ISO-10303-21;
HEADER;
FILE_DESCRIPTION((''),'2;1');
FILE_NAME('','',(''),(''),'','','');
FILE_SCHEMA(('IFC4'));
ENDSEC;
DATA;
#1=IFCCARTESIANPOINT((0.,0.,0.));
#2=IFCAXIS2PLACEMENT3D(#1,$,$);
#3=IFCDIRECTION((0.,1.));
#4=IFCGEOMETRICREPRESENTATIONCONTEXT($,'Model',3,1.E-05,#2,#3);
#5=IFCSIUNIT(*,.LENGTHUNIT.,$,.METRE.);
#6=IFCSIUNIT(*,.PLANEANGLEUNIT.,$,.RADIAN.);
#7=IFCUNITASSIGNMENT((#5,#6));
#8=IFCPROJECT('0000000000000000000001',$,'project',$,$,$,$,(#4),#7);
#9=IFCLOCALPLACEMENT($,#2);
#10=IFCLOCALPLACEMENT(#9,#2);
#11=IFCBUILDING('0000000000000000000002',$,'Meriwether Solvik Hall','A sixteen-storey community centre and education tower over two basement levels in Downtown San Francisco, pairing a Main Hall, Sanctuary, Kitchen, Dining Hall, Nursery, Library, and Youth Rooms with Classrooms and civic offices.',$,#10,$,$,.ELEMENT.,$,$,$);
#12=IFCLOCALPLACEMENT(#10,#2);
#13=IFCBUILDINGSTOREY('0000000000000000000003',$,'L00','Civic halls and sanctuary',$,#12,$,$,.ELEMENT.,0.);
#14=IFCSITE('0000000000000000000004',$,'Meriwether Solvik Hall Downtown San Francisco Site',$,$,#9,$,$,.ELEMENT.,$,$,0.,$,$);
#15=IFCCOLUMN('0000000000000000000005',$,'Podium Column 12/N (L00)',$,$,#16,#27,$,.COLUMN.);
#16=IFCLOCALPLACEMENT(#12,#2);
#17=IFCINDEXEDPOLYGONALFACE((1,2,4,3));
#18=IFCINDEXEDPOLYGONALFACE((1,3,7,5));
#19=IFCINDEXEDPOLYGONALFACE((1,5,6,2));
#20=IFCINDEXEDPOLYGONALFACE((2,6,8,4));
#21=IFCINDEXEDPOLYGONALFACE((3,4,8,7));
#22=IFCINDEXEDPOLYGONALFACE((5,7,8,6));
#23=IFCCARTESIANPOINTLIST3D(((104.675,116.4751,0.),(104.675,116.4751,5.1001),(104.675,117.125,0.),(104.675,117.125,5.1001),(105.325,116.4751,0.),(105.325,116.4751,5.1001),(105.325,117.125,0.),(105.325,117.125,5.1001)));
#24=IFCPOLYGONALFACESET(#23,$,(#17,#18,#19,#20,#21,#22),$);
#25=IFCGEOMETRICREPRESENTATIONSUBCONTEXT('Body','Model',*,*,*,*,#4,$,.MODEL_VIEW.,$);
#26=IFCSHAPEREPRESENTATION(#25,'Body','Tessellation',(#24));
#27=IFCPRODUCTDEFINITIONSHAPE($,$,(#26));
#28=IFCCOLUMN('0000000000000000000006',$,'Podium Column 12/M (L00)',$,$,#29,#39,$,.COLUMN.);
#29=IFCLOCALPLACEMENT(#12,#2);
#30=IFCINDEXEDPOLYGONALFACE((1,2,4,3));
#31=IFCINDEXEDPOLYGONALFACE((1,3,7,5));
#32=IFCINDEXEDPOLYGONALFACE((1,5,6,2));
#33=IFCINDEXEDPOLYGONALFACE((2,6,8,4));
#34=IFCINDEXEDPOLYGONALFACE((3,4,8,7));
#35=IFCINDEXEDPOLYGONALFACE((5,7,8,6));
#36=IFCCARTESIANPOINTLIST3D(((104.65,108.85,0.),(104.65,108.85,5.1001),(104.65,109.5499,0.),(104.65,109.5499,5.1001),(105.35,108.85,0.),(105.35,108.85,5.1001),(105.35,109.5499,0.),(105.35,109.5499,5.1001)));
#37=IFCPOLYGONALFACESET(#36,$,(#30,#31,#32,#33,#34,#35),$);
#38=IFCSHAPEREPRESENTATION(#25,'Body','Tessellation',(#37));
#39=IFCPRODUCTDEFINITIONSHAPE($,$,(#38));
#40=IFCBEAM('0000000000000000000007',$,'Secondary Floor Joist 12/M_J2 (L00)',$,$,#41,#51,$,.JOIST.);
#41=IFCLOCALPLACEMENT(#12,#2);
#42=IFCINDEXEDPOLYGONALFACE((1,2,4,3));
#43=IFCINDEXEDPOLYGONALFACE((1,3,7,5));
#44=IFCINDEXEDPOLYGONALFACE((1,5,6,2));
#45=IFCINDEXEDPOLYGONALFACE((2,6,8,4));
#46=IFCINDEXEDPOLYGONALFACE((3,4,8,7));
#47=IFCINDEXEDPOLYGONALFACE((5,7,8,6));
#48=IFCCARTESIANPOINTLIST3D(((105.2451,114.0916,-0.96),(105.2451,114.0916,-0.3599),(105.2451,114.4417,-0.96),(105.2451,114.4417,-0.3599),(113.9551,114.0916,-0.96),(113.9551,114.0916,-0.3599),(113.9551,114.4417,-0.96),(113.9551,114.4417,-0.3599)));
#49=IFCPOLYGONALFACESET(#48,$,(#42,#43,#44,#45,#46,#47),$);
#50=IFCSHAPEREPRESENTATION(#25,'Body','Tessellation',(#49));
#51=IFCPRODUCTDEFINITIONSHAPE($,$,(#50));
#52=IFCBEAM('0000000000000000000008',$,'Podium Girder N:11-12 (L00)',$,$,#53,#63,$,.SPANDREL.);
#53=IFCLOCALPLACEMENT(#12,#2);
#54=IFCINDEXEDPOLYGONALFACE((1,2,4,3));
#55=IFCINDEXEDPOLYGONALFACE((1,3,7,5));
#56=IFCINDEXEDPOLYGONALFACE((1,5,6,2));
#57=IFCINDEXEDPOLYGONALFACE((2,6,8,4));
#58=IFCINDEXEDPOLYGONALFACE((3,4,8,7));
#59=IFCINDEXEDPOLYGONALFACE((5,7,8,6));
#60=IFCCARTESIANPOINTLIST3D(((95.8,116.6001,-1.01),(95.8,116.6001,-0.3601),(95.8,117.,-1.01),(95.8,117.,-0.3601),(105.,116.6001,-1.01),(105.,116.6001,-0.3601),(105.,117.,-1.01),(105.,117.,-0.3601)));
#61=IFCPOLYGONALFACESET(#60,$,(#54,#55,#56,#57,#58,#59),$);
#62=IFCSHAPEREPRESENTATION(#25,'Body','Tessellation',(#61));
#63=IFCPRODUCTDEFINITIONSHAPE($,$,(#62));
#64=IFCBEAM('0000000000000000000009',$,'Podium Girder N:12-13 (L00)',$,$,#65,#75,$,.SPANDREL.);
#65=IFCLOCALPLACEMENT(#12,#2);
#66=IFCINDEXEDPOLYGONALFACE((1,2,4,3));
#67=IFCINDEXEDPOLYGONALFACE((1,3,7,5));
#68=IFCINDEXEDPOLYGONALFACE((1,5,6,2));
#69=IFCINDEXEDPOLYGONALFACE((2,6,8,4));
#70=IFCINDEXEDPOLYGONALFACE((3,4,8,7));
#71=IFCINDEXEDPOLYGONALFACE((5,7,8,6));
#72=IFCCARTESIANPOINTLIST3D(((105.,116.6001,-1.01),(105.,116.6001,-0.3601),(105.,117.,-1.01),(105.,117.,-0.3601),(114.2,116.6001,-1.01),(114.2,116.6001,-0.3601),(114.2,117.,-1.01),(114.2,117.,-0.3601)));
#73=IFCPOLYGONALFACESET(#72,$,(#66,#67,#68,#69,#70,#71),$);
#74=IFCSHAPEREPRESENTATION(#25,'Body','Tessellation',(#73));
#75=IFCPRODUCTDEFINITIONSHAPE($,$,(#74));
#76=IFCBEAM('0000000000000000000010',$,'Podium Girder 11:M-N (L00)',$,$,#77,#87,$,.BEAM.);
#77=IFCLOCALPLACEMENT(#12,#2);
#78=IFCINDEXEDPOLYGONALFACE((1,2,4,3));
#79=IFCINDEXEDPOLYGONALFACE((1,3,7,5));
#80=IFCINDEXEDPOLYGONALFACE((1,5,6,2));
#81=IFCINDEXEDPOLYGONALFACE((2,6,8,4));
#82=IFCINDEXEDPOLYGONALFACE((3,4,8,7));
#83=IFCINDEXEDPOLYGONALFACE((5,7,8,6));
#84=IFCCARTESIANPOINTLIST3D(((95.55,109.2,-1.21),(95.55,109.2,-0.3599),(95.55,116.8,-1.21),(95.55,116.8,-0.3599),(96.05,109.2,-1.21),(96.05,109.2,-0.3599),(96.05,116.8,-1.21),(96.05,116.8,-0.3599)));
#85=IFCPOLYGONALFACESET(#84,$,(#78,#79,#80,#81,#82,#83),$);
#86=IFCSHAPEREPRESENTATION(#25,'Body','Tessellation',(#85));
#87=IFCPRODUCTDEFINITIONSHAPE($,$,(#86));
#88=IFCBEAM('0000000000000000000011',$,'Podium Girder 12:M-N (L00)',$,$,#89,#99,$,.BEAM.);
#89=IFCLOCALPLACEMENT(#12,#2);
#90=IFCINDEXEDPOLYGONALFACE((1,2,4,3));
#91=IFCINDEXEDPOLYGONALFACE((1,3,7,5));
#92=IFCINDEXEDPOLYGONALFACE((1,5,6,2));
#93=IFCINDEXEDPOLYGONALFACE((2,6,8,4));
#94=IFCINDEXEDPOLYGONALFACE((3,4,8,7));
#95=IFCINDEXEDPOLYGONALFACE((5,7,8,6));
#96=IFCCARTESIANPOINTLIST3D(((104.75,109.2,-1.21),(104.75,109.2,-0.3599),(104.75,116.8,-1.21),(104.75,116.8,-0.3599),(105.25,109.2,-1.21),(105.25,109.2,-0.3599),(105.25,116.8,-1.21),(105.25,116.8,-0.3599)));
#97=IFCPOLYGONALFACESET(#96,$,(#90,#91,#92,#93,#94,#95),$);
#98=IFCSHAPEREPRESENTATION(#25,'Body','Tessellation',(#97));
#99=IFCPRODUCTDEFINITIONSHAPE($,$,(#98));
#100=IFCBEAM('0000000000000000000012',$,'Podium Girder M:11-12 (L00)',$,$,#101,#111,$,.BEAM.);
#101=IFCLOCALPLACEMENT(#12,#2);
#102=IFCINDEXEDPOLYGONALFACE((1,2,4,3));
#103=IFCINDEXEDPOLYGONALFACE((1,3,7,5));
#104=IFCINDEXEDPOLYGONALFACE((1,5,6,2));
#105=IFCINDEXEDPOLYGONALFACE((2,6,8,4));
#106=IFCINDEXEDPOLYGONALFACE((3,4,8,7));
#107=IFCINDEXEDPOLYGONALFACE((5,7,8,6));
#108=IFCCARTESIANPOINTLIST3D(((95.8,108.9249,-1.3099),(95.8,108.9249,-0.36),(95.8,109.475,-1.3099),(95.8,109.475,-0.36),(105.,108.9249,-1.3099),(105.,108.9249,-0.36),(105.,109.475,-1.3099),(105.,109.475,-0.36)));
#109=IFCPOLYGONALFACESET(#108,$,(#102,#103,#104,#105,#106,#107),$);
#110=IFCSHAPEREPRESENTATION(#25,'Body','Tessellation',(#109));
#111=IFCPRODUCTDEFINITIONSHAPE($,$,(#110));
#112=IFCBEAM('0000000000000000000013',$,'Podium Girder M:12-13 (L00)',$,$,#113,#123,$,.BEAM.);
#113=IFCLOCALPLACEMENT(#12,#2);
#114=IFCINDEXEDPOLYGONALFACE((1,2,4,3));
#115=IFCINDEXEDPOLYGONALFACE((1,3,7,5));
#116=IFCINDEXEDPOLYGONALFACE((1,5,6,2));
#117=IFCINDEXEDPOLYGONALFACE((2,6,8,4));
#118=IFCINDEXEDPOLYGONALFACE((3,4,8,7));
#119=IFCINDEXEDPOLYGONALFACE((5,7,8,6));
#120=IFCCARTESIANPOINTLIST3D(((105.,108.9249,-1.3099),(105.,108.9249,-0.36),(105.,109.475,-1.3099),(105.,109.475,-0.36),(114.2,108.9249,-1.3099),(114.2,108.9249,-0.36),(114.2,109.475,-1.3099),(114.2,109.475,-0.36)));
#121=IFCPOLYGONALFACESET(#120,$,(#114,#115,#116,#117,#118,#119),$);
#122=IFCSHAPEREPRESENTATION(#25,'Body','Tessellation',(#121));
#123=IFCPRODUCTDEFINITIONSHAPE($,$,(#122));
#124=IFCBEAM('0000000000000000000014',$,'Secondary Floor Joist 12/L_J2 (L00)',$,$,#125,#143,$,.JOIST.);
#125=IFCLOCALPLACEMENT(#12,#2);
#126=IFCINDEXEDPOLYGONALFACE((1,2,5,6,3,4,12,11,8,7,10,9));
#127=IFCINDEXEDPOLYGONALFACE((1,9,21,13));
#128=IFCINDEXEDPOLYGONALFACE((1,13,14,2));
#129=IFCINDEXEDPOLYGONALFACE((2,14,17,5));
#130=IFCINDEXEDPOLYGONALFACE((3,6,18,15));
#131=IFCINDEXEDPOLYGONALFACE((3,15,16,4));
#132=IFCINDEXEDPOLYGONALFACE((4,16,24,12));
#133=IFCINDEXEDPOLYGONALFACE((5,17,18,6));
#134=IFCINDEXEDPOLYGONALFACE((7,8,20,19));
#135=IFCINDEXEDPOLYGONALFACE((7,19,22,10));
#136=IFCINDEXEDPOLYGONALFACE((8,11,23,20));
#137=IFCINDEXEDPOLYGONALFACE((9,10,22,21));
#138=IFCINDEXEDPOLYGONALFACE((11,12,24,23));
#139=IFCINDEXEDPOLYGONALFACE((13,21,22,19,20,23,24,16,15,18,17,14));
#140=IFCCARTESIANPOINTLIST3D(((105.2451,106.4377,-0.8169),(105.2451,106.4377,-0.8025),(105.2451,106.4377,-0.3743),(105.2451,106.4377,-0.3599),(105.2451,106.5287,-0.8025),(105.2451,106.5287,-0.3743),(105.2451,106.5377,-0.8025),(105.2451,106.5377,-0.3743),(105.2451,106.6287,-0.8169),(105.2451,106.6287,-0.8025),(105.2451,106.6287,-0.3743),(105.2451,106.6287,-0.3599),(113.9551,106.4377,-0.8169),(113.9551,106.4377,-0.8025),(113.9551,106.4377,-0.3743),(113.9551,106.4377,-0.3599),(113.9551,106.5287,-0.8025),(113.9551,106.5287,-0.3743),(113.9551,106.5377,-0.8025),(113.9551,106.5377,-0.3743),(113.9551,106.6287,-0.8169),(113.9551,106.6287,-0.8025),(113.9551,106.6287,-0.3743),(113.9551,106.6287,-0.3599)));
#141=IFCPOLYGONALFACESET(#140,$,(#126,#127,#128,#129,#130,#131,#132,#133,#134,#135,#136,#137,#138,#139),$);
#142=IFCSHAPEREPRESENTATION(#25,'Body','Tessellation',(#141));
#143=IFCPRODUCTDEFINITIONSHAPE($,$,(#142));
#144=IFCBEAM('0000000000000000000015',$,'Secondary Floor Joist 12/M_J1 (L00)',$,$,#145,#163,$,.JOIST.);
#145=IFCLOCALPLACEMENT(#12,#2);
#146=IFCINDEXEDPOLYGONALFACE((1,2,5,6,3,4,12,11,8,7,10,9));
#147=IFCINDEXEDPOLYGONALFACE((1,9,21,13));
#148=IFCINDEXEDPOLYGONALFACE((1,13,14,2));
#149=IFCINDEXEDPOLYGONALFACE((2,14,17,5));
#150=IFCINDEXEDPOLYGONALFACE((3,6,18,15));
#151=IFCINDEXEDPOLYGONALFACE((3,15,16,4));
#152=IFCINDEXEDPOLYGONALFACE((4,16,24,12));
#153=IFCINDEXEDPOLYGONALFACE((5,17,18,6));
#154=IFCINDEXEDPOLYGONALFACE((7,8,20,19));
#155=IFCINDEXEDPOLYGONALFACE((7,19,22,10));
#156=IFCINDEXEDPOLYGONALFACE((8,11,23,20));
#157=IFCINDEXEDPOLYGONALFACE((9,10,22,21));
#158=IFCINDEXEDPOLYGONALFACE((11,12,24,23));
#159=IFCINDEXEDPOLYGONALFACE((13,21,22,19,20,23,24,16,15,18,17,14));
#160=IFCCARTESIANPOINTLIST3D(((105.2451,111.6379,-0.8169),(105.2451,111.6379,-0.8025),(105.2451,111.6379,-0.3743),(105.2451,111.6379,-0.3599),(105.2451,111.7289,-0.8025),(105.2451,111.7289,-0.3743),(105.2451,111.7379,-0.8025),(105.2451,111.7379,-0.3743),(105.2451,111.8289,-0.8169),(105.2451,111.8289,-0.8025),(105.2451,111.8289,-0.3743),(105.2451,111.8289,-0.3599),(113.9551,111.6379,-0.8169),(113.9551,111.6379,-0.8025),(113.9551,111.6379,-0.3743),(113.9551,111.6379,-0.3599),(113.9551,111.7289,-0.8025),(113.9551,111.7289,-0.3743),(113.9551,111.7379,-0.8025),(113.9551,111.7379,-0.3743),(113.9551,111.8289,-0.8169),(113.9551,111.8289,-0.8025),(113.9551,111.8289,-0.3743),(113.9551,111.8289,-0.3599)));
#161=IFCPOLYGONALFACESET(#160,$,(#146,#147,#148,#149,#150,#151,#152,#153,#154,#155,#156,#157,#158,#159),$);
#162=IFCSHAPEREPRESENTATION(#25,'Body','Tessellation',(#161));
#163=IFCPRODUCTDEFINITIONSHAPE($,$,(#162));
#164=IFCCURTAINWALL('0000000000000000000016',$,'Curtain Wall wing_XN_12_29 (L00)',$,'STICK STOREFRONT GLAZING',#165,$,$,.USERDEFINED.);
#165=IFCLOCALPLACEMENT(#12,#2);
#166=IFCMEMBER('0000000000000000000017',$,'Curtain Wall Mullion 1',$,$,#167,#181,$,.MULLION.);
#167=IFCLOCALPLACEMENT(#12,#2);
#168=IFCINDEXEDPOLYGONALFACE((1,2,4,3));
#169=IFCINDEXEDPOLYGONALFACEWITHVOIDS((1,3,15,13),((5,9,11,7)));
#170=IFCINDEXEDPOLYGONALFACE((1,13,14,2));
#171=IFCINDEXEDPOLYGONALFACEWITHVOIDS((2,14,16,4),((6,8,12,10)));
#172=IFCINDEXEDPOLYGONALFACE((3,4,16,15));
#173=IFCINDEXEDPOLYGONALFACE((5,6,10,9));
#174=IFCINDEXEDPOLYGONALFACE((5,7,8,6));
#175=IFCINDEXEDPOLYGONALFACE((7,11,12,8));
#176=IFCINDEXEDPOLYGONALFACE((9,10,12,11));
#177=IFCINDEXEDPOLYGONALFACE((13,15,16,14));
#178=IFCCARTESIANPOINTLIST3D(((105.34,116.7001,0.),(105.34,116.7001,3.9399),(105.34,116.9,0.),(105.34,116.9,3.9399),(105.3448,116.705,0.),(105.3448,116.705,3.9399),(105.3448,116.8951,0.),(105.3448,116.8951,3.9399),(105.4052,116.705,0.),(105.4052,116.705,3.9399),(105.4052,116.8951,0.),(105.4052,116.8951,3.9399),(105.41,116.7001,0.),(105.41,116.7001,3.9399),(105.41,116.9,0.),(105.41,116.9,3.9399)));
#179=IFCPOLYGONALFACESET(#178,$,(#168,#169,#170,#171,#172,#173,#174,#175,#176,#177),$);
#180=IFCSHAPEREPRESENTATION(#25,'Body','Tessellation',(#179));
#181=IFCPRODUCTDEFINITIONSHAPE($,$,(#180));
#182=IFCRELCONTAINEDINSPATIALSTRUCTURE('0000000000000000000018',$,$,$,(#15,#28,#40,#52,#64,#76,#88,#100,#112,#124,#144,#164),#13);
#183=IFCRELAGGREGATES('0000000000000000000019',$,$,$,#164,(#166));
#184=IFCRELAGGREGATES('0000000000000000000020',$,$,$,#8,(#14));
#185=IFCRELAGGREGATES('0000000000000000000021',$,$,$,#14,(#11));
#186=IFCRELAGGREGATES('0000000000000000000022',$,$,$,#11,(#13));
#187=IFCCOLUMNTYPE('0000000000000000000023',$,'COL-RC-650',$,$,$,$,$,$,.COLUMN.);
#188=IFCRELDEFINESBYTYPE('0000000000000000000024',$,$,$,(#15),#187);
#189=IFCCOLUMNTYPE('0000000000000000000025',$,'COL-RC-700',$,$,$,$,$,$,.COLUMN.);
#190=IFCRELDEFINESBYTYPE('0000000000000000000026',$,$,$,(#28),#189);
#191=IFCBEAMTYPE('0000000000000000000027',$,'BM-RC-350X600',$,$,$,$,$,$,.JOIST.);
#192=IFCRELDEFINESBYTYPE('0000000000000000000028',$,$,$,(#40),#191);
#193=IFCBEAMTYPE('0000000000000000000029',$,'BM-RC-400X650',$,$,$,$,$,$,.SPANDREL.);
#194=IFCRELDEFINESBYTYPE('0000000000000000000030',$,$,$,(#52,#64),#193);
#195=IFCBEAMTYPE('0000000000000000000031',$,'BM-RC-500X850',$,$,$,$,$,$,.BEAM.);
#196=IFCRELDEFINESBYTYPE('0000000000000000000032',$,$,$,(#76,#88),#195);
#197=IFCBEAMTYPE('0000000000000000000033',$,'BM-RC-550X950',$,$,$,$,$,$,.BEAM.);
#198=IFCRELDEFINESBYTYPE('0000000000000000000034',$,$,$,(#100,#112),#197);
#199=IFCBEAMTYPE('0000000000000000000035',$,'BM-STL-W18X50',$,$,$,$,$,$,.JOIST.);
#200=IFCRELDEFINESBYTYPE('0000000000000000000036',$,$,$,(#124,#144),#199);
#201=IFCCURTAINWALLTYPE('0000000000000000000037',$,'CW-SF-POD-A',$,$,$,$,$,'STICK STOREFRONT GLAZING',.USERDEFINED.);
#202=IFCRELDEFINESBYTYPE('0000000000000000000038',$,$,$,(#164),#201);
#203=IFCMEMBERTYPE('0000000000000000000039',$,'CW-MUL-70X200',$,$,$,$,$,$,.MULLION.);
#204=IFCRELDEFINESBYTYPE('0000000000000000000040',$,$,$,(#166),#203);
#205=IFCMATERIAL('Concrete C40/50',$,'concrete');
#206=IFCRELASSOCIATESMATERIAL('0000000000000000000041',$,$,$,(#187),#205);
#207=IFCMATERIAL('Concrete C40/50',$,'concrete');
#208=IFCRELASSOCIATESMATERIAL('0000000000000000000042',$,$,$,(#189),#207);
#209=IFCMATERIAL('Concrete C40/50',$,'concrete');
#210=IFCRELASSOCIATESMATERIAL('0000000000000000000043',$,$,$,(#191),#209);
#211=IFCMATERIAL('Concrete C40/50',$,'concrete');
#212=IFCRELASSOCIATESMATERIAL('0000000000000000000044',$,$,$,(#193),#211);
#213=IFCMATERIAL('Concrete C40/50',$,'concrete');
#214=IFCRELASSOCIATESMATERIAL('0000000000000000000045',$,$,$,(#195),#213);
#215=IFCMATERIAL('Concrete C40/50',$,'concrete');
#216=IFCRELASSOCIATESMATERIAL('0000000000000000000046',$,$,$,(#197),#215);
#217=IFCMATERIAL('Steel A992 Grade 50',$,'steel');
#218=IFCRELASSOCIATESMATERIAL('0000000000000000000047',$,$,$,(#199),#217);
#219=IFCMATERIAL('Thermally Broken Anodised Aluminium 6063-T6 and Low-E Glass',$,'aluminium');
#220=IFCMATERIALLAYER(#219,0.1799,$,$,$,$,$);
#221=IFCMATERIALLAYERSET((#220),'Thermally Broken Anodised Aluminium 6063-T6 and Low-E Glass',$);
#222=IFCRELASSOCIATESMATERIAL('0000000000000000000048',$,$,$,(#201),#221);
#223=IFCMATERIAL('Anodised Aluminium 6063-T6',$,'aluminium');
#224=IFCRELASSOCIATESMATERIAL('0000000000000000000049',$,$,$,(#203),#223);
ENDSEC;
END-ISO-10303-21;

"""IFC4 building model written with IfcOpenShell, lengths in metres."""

from ifc_helpers import new_model, si_unit, direction, frame, origin, origin_2d, place, context, subcontext, project, spatial, rectangle, hollow_rectangle, i_section, extrude, material, layer, layer_set, material_profile, profile_set, type_object, element, aggregate, save


model = new_model("IFC4")

# Units and contexts
model_context = context("Model", 3, precision=1e-05, world=origin(), true_north=direction((0.0, 1.0)))
body_context = subcontext(model_context, "Body", "Model", "MODEL_VIEW")
ifc_project = project(units=[si_unit("LENGTHUNIT", "METRE"), si_unit("PLANEANGLEUNIT", "RADIAN")], contexts=[model_context])

# Site, building, storey
site_placement = place(None, origin())
site = spatial("IfcSite", under=ifc_project, at=site_placement, Name="Meriwether Solvik Hall Downtown San Francisco Site", CompositionType="ELEMENT", RefElevation=0.0)
building_placement = place(site_placement, origin())
building = spatial("IfcBuilding", under=site, at=building_placement, Name="Meriwether Solvik Hall", Description="A sixteen-storey community centre and education tower over two basement levels in Downtown San Francisco, pairing a Main Hall, Sanctuary, Kitchen, Dining Hall, Nursery, Library, and Youth Rooms with Classrooms and civic offices.", CompositionType="ELEMENT")
storey_placement = place(building_placement, origin())
storey = spatial("IfcBuildingStorey", under=building, at=storey_placement, Name="L00", Description="Civic halls and sanctuary", CompositionType="ELEMENT", Elevation=0.0)

# Columns
ifc_material_1 = material(Name="Concrete C40/50", Category="concrete")
ifc_material_profile_1 = material_profile(ifc_material_1, rectangle(XDim=0.6499, YDim=0.6499, at=origin_2d()), Name="RCC-650X650")
ifc_profile_set_1 = profile_set([ifc_material_profile_1], Name="Concrete C40/50")
column_type_1 = type_object("IfcColumnType", Name="COL-RC-650", PredefinedType="COLUMN", material=ifc_profile_set_1)
column_1_placement = place(storey_placement, frame((105.0, 116.8, 0.0), z_axis=(0.0, 0.0, 1.0), x_axis=(1.0, 0.0, 0.0)))
element("IfcColumn", 1, at=column_1_placement, inside=storey, type_object=column_type_1, Name="Podium Column 12/N (L00)", PredefinedType="COLUMN", context=body_context, shape_type="SweptSolid", body=[
    extrude(rectangle(XDim=0.6499, YDim=0.6499, at=origin_2d()), origin(), (0.0, 0.0, 1.0), 5.1001),
])
ifc_material_2 = material(Name="Concrete C40/50", Category="concrete")
ifc_material_profile_2 = material_profile(ifc_material_2, rectangle(XDim=0.7, YDim=0.7, at=origin_2d()), Name="RCC-700X700")
ifc_profile_set_2 = profile_set([ifc_material_profile_2], Name="Concrete C40/50")
column_type_2 = type_object("IfcColumnType", Name="COL-RC-700", PredefinedType="COLUMN", material=ifc_profile_set_2)
column_2_placement = place(storey_placement, frame((105.0, 109.2, 0.0), z_axis=(0.0, 0.0, 1.0), x_axis=(1.0, 0.0, 0.0)))
element("IfcColumn", 2, at=column_2_placement, inside=storey, type_object=column_type_2, Name="Podium Column 12/M (L00)", PredefinedType="COLUMN", context=body_context, shape_type="SweptSolid", body=[
    extrude(rectangle(XDim=0.7, YDim=0.7, at=origin_2d()), origin(), (0.0, 0.0, 1.0), 5.1001),
])

# Beams
ifc_material_3 = material(Name="Concrete C40/50", Category="concrete")
ifc_material_profile_3 = material_profile(ifc_material_3, rectangle(XDim=0.3501, YDim=0.6001, at=origin_2d()), Name="RCB-350X600")
ifc_profile_set_3 = profile_set([ifc_material_profile_3], Name="Concrete C40/50")
beam_type_1 = type_object("IfcBeamType", Name="BM-RC-350X600", PredefinedType="JOIST", material=ifc_profile_set_3)
beam_placement = place(storey_placement, frame((105.2451, 114.2666, -0.6599), z_axis=(1.0, 0.0, 0.0), x_axis=(0.0, 1.0, 0.0)))
element("IfcBeam", 3, at=beam_placement, inside=storey, type_object=beam_type_1, Name="Secondary Floor Joist 12/M_J2 (L00)", PredefinedType="JOIST", context=body_context, shape_type="SweptSolid", body=[
    extrude(rectangle(XDim=0.3501, YDim=0.6001, at=origin_2d()), origin(), (0.0, 0.0, 1.0), 8.71),
])
ifc_material_4 = material(Name="Concrete C40/50", Category="concrete")
ifc_material_profile_4 = material_profile(ifc_material_4, rectangle(XDim=0.3999, YDim=0.6499, at=origin_2d()), Name="RCB-400X650")
ifc_profile_set_4 = profile_set([ifc_material_profile_4], Name="Concrete C40/50")
beam_type_2 = type_object("IfcBeamType", Name="BM-RC-400X650", PredefinedType="SPANDREL", material=ifc_profile_set_4)
for number, where, z_axis, x_axis, name in (
    (4, (95.8, 116.8, -0.6851), (1.0, 0.0, 0.0), (0.0, 1.0, 0.0), "Podium Girder N:11-12 (L00)"),
    (5, (105.0, 116.8, -0.6851), (1.0, 0.0, 0.0), (0.0, 1.0, 0.0), "Podium Girder N:12-13 (L00)"),
):
    element("IfcBeam", number, at=place(storey_placement, frame(where, z_axis=z_axis, x_axis=x_axis)), inside=storey, type_object=beam_type_2, Name=name, PredefinedType="SPANDREL", context=body_context, shape_type="SweptSolid", body=[
        extrude(rectangle(XDim=0.3999, YDim=0.6499, at=origin_2d()), origin(), (0.0, 0.0, 1.0), 9.2),
    ])
ifc_material_5 = material(Name="Concrete C40/50", Category="concrete")
ifc_material_profile_5 = material_profile(ifc_material_5, rectangle(XDim=0.5, YDim=0.8501, at=origin_2d()), Name="RCB-500X850")
ifc_profile_set_5 = profile_set([ifc_material_profile_5], Name="Concrete C40/50")
beam_type_3 = type_object("IfcBeamType", Name="BM-RC-500X850", PredefinedType="BEAM", material=ifc_profile_set_5)
for number, where, z_axis, x_axis, name in (
    (6, (95.8, 109.2, -0.7849), (0.0, 1.0, 0.0), (-1.0, 0.0, 0.0), "Podium Girder 11:M-N (L00)"),
    (7, (105.0, 109.2, -0.7849), (0.0, 1.0, 0.0), (-1.0, 0.0, 0.0), "Podium Girder 12:M-N (L00)"),
):
    element("IfcBeam", number, at=place(storey_placement, frame(where, z_axis=z_axis, x_axis=x_axis)), inside=storey, type_object=beam_type_3, Name=name, PredefinedType="BEAM", context=body_context, shape_type="SweptSolid", body=[
        extrude(rectangle(XDim=0.5, YDim=0.8501, at=origin_2d()), origin(), (0.0, 0.0, 1.0), 7.6001),
    ])
ifc_material_6 = material(Name="Concrete C40/50", Category="concrete")
ifc_material_profile_6 = material_profile(ifc_material_6, rectangle(XDim=0.55, YDim=0.95, at=origin_2d()), Name="RCB-550X950")
ifc_profile_set_6 = profile_set([ifc_material_profile_6], Name="Concrete C40/50")
beam_type_4 = type_object("IfcBeamType", Name="BM-RC-550X950", PredefinedType="BEAM", material=ifc_profile_set_6)
for number, where, z_axis, x_axis, name in (
    (8, (95.8, 109.2, -0.835), (1.0, 0.0, 0.0), (0.0, 1.0, 0.0), "Podium Girder M:11-12 (L00)"),
    (9, (105.0, 109.2, -0.835), (1.0, 0.0, 0.0), (0.0, 1.0, 0.0), "Podium Girder M:12-13 (L00)"),
):
    element("IfcBeam", number, at=place(storey_placement, frame(where, z_axis=z_axis, x_axis=x_axis)), inside=storey, type_object=beam_type_4, Name=name, PredefinedType="BEAM", context=body_context, shape_type="SweptSolid", body=[
        extrude(rectangle(XDim=0.55, YDim=0.95, at=origin_2d()), origin(), (0.0, 0.0, 1.0), 9.2),
    ])
ifc_material_7 = material(Name="Steel A992 Grade 50", Category="steel")
ifc_material_profile_7 = material_profile(ifc_material_7, i_section(OverallWidth=0.1909, OverallDepth=0.457, WebThickness=0.009, FlangeThickness=0.0144, at=origin_2d()), Name="W18X50")
ifc_profile_set_7 = profile_set([ifc_material_profile_7], Name="Steel A992 Grade 50")
beam_type_5 = type_object("IfcBeamType", Name="BM-STL-W18X50", PredefinedType="JOIST", material=ifc_profile_set_7)
for number, where, z_axis, x_axis, name in (
    (10, (105.2451, 106.5332, -0.5884), (1.0, 0.0, 0.0), (0.0, 1.0, 0.0), "Secondary Floor Joist 12/L_J2 (L00)"),
    (11, (105.2451, 111.7334, -0.5884), (1.0, 0.0, 0.0), (0.0, 1.0, 0.0), "Secondary Floor Joist 12/M_J1 (L00)"),
):
    element("IfcBeam", number, at=place(storey_placement, frame(where, z_axis=z_axis, x_axis=x_axis)), inside=storey, type_object=beam_type_5, Name=name, PredefinedType="JOIST", context=body_context, shape_type="SweptSolid", body=[
        extrude(i_section(OverallWidth=0.1909, OverallDepth=0.457, WebThickness=0.009, FlangeThickness=0.0144, at=origin_2d()), origin(), (0.0, 0.0, 1.0), 8.71),
    ])

# Curtain wall, member
ifc_material_8 = material(Name="Thermally Broken Anodised Aluminium 6063-T6 and Low-E Glass", Category="aluminium")
ifc_layer_1 = layer(ifc_material_8, 0.1799)
ifc_layer_set_1 = layer_set([ifc_layer_1], Name="Thermally Broken Anodised Aluminium 6063-T6 and Low-E Glass")
curtain_wall_type = type_object("IfcCurtainWallType", Name="CW-SF-POD-A", ElementType="STICK STOREFRONT GLAZING", PredefinedType="USERDEFINED", material=ifc_layer_set_1)
curtain_wall_1_placement = place(storey_placement, origin())
curtain_wall_1 = element("IfcCurtainWall", 12, at=curtain_wall_1_placement, inside=storey, type_object=curtain_wall_type, Name="Curtain Wall wing_XN_12_29 (L00)", ObjectType="STICK STOREFRONT GLAZING", PredefinedType="USERDEFINED")
ifc_material_9 = material(Name="Anodised Aluminium 6063-T6", Category="aluminium")
ifc_material_profile_8 = material_profile(ifc_material_9, hollow_rectangle(XDim=0.0701, YDim=0.2, WallThickness=0.0049, at=origin_2d()), Name="CWM-70X200")
ifc_profile_set_8 = profile_set([ifc_material_profile_8], Name="Anodised Aluminium 6063-T6")
member_type_1 = type_object("IfcMemberType", Name="CW-MUL-70X200", PredefinedType="MULLION", material=ifc_profile_set_8)
member_1_placement = place(storey_placement, frame((105.375, 116.8, 0.0), z_axis=(0.0, 0.0, 1.0), x_axis=(1.0, 0.0, 0.0)))
member_1 = element("IfcMember", 13, at=member_1_placement, type_object=member_type_1, Name="Curtain Wall Mullion 1", PredefinedType="MULLION", context=body_context, shape_type="SweptSolid", body=[
    extrude(hollow_rectangle(XDim=0.0701, YDim=0.2, WallThickness=0.0049, at=origin_2d()), origin(), (0.0, 0.0, 1.0), 3.9399),
])

aggregate(curtain_wall_1, [member_1])

save(model, "model.ifc")
